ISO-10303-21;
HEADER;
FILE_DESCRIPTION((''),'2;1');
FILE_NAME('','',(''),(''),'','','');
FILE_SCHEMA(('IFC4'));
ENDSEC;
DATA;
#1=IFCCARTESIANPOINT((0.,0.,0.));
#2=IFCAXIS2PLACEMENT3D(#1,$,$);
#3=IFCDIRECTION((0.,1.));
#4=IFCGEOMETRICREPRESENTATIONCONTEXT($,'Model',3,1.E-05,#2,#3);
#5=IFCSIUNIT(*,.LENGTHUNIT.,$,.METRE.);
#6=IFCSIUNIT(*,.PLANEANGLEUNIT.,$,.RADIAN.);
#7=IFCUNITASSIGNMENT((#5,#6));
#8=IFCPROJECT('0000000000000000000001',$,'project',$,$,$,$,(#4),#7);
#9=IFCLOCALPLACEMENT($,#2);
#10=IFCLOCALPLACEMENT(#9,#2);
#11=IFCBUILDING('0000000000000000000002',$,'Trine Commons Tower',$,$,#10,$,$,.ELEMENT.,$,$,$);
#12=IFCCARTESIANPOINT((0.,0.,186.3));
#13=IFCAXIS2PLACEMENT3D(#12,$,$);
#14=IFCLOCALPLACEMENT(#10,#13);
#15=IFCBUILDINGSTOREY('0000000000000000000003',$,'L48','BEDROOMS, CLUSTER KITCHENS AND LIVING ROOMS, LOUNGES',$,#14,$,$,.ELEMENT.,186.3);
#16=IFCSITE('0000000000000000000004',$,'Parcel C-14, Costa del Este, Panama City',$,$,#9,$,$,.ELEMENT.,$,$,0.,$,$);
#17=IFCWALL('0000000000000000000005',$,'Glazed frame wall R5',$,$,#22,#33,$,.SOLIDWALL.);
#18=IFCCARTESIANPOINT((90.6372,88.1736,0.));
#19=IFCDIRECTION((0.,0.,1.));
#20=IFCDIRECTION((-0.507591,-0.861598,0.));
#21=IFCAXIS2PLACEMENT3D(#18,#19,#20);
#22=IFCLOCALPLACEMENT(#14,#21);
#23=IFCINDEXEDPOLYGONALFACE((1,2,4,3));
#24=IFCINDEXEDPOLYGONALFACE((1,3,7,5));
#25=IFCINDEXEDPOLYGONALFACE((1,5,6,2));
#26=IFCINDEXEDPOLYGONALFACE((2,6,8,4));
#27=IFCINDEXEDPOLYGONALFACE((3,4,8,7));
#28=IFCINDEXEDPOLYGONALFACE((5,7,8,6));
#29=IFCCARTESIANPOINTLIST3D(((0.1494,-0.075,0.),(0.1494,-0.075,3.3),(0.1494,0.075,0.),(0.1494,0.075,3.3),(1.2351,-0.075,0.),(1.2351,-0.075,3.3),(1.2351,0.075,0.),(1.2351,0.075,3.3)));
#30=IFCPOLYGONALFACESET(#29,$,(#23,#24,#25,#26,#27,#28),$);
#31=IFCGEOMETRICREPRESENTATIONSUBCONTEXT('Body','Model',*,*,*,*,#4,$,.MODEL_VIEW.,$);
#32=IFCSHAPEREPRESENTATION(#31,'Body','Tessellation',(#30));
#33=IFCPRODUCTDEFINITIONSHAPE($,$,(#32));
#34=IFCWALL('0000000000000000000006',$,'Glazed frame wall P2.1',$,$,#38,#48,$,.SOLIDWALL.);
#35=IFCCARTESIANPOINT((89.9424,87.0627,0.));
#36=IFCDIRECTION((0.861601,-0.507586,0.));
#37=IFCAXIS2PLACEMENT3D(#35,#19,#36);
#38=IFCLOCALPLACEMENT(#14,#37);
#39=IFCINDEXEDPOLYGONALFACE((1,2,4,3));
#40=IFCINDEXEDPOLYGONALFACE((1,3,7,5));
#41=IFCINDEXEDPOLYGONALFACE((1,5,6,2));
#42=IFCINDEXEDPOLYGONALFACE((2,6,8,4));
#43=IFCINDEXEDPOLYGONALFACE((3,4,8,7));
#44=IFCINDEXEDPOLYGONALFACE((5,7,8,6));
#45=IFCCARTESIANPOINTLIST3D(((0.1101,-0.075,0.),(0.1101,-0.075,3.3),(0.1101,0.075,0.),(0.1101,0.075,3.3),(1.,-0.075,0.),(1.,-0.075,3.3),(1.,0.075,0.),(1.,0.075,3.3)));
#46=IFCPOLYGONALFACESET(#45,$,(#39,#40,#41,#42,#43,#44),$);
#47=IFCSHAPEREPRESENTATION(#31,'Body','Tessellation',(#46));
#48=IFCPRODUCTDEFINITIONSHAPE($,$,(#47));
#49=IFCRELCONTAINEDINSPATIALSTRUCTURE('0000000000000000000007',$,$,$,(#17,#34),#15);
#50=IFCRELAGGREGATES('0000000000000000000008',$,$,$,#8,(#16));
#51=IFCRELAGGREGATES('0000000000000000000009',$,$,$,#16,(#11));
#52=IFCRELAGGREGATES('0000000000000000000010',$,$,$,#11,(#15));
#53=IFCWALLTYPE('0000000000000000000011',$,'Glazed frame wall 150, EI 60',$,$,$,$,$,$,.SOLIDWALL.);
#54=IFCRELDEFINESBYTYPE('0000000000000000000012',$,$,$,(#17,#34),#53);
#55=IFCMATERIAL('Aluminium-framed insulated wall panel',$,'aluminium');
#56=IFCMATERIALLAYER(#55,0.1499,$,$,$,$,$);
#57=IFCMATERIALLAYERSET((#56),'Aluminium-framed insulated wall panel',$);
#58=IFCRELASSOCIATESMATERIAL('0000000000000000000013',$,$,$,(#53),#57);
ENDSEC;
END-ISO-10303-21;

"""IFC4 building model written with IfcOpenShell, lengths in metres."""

from ifc_helpers import new_model, si_unit, direction, frame, origin, place, context, subcontext, project, spatial, polyline, outline, extrude, material, layer, layer_set, type_object, element, save


model = new_model("IFC4")

# Units and contexts
model_context = context("Model", 3, precision=1e-05, world=origin(), true_north=direction((0.0, 1.0)))
body_context = subcontext(model_context, "Body", "Model", "MODEL_VIEW")
ifc_project = project(units=[si_unit("LENGTHUNIT", "METRE"), si_unit("PLANEANGLEUNIT", "RADIAN")], contexts=[model_context])

# Site, building, storey
site_placement = place(None, origin())
site = spatial("IfcSite", under=ifc_project, at=site_placement, Name="Parcel C-14, Costa del Este, Panama City", CompositionType="ELEMENT", RefElevation=0.0)
building_placement = place(site_placement, origin())
building = spatial("IfcBuilding", under=site, at=building_placement, Name="Trine Commons Tower", CompositionType="ELEMENT")
storey_placement = place(building_placement, frame((0.0, 0.0, 186.3)))
storey = spatial("IfcBuildingStorey", under=building, at=storey_placement, Name="L48", Description="BEDROOMS, CLUSTER KITCHENS AND LIVING ROOMS, LOUNGES", CompositionType="ELEMENT", Elevation=186.3)

# Walls
ifc_material_1 = material(Name="Aluminium-framed insulated wall panel", Category="aluminium")
ifc_layer_1 = layer(ifc_material_1, 0.1499)
ifc_layer_set_1 = layer_set([ifc_layer_1], Name="Aluminium-framed insulated wall panel")
wall_type_1 = type_object("IfcWallType", Name="Glazed frame wall 150, EI 60", PredefinedType="SOLIDWALL", material=ifc_layer_set_1)
wall_1_placement = place(storey_placement, frame((90.6372, 88.1736, 0.0), z_axis=(0.0, 0.0, 1.0), x_axis=(-0.507591, -0.861598, 0.0)))
element("IfcWall", 1, at=wall_1_placement, inside=storey, type_object=wall_type_1, Name="Glazed frame wall R5", PredefinedType="SOLIDWALL", context=body_context, shape_type="SweptSolid", body=[
    extrude(outline(polyline([(0.1494, 0.075), (0.1494, -0.075), (1.2351, -0.075), (1.2351, 0.075), (0.1494, 0.075)])), origin(), (0.0, 0.0, 1.0), 3.3),
])
wall_2_placement = place(storey_placement, frame((89.9424, 87.0627, 0.0), z_axis=(0.0, 0.0, 1.0), x_axis=(0.861601, -0.507586, 0.0)))
element("IfcWall", 2, at=wall_2_placement, inside=storey, type_object=wall_type_1, Name="Glazed frame wall P2.1", PredefinedType="SOLIDWALL", context=body_context, shape_type="SweptSolid", body=[
    extrude(outline(polyline([(0.1101, -0.075), (1.0, -0.075), (1.0, 0.075), (0.1101, 0.075), (0.1101, -0.075)])), origin(), (0.0, 0.0, 1.0), 3.3),
])

save(model, "model.ifc")
